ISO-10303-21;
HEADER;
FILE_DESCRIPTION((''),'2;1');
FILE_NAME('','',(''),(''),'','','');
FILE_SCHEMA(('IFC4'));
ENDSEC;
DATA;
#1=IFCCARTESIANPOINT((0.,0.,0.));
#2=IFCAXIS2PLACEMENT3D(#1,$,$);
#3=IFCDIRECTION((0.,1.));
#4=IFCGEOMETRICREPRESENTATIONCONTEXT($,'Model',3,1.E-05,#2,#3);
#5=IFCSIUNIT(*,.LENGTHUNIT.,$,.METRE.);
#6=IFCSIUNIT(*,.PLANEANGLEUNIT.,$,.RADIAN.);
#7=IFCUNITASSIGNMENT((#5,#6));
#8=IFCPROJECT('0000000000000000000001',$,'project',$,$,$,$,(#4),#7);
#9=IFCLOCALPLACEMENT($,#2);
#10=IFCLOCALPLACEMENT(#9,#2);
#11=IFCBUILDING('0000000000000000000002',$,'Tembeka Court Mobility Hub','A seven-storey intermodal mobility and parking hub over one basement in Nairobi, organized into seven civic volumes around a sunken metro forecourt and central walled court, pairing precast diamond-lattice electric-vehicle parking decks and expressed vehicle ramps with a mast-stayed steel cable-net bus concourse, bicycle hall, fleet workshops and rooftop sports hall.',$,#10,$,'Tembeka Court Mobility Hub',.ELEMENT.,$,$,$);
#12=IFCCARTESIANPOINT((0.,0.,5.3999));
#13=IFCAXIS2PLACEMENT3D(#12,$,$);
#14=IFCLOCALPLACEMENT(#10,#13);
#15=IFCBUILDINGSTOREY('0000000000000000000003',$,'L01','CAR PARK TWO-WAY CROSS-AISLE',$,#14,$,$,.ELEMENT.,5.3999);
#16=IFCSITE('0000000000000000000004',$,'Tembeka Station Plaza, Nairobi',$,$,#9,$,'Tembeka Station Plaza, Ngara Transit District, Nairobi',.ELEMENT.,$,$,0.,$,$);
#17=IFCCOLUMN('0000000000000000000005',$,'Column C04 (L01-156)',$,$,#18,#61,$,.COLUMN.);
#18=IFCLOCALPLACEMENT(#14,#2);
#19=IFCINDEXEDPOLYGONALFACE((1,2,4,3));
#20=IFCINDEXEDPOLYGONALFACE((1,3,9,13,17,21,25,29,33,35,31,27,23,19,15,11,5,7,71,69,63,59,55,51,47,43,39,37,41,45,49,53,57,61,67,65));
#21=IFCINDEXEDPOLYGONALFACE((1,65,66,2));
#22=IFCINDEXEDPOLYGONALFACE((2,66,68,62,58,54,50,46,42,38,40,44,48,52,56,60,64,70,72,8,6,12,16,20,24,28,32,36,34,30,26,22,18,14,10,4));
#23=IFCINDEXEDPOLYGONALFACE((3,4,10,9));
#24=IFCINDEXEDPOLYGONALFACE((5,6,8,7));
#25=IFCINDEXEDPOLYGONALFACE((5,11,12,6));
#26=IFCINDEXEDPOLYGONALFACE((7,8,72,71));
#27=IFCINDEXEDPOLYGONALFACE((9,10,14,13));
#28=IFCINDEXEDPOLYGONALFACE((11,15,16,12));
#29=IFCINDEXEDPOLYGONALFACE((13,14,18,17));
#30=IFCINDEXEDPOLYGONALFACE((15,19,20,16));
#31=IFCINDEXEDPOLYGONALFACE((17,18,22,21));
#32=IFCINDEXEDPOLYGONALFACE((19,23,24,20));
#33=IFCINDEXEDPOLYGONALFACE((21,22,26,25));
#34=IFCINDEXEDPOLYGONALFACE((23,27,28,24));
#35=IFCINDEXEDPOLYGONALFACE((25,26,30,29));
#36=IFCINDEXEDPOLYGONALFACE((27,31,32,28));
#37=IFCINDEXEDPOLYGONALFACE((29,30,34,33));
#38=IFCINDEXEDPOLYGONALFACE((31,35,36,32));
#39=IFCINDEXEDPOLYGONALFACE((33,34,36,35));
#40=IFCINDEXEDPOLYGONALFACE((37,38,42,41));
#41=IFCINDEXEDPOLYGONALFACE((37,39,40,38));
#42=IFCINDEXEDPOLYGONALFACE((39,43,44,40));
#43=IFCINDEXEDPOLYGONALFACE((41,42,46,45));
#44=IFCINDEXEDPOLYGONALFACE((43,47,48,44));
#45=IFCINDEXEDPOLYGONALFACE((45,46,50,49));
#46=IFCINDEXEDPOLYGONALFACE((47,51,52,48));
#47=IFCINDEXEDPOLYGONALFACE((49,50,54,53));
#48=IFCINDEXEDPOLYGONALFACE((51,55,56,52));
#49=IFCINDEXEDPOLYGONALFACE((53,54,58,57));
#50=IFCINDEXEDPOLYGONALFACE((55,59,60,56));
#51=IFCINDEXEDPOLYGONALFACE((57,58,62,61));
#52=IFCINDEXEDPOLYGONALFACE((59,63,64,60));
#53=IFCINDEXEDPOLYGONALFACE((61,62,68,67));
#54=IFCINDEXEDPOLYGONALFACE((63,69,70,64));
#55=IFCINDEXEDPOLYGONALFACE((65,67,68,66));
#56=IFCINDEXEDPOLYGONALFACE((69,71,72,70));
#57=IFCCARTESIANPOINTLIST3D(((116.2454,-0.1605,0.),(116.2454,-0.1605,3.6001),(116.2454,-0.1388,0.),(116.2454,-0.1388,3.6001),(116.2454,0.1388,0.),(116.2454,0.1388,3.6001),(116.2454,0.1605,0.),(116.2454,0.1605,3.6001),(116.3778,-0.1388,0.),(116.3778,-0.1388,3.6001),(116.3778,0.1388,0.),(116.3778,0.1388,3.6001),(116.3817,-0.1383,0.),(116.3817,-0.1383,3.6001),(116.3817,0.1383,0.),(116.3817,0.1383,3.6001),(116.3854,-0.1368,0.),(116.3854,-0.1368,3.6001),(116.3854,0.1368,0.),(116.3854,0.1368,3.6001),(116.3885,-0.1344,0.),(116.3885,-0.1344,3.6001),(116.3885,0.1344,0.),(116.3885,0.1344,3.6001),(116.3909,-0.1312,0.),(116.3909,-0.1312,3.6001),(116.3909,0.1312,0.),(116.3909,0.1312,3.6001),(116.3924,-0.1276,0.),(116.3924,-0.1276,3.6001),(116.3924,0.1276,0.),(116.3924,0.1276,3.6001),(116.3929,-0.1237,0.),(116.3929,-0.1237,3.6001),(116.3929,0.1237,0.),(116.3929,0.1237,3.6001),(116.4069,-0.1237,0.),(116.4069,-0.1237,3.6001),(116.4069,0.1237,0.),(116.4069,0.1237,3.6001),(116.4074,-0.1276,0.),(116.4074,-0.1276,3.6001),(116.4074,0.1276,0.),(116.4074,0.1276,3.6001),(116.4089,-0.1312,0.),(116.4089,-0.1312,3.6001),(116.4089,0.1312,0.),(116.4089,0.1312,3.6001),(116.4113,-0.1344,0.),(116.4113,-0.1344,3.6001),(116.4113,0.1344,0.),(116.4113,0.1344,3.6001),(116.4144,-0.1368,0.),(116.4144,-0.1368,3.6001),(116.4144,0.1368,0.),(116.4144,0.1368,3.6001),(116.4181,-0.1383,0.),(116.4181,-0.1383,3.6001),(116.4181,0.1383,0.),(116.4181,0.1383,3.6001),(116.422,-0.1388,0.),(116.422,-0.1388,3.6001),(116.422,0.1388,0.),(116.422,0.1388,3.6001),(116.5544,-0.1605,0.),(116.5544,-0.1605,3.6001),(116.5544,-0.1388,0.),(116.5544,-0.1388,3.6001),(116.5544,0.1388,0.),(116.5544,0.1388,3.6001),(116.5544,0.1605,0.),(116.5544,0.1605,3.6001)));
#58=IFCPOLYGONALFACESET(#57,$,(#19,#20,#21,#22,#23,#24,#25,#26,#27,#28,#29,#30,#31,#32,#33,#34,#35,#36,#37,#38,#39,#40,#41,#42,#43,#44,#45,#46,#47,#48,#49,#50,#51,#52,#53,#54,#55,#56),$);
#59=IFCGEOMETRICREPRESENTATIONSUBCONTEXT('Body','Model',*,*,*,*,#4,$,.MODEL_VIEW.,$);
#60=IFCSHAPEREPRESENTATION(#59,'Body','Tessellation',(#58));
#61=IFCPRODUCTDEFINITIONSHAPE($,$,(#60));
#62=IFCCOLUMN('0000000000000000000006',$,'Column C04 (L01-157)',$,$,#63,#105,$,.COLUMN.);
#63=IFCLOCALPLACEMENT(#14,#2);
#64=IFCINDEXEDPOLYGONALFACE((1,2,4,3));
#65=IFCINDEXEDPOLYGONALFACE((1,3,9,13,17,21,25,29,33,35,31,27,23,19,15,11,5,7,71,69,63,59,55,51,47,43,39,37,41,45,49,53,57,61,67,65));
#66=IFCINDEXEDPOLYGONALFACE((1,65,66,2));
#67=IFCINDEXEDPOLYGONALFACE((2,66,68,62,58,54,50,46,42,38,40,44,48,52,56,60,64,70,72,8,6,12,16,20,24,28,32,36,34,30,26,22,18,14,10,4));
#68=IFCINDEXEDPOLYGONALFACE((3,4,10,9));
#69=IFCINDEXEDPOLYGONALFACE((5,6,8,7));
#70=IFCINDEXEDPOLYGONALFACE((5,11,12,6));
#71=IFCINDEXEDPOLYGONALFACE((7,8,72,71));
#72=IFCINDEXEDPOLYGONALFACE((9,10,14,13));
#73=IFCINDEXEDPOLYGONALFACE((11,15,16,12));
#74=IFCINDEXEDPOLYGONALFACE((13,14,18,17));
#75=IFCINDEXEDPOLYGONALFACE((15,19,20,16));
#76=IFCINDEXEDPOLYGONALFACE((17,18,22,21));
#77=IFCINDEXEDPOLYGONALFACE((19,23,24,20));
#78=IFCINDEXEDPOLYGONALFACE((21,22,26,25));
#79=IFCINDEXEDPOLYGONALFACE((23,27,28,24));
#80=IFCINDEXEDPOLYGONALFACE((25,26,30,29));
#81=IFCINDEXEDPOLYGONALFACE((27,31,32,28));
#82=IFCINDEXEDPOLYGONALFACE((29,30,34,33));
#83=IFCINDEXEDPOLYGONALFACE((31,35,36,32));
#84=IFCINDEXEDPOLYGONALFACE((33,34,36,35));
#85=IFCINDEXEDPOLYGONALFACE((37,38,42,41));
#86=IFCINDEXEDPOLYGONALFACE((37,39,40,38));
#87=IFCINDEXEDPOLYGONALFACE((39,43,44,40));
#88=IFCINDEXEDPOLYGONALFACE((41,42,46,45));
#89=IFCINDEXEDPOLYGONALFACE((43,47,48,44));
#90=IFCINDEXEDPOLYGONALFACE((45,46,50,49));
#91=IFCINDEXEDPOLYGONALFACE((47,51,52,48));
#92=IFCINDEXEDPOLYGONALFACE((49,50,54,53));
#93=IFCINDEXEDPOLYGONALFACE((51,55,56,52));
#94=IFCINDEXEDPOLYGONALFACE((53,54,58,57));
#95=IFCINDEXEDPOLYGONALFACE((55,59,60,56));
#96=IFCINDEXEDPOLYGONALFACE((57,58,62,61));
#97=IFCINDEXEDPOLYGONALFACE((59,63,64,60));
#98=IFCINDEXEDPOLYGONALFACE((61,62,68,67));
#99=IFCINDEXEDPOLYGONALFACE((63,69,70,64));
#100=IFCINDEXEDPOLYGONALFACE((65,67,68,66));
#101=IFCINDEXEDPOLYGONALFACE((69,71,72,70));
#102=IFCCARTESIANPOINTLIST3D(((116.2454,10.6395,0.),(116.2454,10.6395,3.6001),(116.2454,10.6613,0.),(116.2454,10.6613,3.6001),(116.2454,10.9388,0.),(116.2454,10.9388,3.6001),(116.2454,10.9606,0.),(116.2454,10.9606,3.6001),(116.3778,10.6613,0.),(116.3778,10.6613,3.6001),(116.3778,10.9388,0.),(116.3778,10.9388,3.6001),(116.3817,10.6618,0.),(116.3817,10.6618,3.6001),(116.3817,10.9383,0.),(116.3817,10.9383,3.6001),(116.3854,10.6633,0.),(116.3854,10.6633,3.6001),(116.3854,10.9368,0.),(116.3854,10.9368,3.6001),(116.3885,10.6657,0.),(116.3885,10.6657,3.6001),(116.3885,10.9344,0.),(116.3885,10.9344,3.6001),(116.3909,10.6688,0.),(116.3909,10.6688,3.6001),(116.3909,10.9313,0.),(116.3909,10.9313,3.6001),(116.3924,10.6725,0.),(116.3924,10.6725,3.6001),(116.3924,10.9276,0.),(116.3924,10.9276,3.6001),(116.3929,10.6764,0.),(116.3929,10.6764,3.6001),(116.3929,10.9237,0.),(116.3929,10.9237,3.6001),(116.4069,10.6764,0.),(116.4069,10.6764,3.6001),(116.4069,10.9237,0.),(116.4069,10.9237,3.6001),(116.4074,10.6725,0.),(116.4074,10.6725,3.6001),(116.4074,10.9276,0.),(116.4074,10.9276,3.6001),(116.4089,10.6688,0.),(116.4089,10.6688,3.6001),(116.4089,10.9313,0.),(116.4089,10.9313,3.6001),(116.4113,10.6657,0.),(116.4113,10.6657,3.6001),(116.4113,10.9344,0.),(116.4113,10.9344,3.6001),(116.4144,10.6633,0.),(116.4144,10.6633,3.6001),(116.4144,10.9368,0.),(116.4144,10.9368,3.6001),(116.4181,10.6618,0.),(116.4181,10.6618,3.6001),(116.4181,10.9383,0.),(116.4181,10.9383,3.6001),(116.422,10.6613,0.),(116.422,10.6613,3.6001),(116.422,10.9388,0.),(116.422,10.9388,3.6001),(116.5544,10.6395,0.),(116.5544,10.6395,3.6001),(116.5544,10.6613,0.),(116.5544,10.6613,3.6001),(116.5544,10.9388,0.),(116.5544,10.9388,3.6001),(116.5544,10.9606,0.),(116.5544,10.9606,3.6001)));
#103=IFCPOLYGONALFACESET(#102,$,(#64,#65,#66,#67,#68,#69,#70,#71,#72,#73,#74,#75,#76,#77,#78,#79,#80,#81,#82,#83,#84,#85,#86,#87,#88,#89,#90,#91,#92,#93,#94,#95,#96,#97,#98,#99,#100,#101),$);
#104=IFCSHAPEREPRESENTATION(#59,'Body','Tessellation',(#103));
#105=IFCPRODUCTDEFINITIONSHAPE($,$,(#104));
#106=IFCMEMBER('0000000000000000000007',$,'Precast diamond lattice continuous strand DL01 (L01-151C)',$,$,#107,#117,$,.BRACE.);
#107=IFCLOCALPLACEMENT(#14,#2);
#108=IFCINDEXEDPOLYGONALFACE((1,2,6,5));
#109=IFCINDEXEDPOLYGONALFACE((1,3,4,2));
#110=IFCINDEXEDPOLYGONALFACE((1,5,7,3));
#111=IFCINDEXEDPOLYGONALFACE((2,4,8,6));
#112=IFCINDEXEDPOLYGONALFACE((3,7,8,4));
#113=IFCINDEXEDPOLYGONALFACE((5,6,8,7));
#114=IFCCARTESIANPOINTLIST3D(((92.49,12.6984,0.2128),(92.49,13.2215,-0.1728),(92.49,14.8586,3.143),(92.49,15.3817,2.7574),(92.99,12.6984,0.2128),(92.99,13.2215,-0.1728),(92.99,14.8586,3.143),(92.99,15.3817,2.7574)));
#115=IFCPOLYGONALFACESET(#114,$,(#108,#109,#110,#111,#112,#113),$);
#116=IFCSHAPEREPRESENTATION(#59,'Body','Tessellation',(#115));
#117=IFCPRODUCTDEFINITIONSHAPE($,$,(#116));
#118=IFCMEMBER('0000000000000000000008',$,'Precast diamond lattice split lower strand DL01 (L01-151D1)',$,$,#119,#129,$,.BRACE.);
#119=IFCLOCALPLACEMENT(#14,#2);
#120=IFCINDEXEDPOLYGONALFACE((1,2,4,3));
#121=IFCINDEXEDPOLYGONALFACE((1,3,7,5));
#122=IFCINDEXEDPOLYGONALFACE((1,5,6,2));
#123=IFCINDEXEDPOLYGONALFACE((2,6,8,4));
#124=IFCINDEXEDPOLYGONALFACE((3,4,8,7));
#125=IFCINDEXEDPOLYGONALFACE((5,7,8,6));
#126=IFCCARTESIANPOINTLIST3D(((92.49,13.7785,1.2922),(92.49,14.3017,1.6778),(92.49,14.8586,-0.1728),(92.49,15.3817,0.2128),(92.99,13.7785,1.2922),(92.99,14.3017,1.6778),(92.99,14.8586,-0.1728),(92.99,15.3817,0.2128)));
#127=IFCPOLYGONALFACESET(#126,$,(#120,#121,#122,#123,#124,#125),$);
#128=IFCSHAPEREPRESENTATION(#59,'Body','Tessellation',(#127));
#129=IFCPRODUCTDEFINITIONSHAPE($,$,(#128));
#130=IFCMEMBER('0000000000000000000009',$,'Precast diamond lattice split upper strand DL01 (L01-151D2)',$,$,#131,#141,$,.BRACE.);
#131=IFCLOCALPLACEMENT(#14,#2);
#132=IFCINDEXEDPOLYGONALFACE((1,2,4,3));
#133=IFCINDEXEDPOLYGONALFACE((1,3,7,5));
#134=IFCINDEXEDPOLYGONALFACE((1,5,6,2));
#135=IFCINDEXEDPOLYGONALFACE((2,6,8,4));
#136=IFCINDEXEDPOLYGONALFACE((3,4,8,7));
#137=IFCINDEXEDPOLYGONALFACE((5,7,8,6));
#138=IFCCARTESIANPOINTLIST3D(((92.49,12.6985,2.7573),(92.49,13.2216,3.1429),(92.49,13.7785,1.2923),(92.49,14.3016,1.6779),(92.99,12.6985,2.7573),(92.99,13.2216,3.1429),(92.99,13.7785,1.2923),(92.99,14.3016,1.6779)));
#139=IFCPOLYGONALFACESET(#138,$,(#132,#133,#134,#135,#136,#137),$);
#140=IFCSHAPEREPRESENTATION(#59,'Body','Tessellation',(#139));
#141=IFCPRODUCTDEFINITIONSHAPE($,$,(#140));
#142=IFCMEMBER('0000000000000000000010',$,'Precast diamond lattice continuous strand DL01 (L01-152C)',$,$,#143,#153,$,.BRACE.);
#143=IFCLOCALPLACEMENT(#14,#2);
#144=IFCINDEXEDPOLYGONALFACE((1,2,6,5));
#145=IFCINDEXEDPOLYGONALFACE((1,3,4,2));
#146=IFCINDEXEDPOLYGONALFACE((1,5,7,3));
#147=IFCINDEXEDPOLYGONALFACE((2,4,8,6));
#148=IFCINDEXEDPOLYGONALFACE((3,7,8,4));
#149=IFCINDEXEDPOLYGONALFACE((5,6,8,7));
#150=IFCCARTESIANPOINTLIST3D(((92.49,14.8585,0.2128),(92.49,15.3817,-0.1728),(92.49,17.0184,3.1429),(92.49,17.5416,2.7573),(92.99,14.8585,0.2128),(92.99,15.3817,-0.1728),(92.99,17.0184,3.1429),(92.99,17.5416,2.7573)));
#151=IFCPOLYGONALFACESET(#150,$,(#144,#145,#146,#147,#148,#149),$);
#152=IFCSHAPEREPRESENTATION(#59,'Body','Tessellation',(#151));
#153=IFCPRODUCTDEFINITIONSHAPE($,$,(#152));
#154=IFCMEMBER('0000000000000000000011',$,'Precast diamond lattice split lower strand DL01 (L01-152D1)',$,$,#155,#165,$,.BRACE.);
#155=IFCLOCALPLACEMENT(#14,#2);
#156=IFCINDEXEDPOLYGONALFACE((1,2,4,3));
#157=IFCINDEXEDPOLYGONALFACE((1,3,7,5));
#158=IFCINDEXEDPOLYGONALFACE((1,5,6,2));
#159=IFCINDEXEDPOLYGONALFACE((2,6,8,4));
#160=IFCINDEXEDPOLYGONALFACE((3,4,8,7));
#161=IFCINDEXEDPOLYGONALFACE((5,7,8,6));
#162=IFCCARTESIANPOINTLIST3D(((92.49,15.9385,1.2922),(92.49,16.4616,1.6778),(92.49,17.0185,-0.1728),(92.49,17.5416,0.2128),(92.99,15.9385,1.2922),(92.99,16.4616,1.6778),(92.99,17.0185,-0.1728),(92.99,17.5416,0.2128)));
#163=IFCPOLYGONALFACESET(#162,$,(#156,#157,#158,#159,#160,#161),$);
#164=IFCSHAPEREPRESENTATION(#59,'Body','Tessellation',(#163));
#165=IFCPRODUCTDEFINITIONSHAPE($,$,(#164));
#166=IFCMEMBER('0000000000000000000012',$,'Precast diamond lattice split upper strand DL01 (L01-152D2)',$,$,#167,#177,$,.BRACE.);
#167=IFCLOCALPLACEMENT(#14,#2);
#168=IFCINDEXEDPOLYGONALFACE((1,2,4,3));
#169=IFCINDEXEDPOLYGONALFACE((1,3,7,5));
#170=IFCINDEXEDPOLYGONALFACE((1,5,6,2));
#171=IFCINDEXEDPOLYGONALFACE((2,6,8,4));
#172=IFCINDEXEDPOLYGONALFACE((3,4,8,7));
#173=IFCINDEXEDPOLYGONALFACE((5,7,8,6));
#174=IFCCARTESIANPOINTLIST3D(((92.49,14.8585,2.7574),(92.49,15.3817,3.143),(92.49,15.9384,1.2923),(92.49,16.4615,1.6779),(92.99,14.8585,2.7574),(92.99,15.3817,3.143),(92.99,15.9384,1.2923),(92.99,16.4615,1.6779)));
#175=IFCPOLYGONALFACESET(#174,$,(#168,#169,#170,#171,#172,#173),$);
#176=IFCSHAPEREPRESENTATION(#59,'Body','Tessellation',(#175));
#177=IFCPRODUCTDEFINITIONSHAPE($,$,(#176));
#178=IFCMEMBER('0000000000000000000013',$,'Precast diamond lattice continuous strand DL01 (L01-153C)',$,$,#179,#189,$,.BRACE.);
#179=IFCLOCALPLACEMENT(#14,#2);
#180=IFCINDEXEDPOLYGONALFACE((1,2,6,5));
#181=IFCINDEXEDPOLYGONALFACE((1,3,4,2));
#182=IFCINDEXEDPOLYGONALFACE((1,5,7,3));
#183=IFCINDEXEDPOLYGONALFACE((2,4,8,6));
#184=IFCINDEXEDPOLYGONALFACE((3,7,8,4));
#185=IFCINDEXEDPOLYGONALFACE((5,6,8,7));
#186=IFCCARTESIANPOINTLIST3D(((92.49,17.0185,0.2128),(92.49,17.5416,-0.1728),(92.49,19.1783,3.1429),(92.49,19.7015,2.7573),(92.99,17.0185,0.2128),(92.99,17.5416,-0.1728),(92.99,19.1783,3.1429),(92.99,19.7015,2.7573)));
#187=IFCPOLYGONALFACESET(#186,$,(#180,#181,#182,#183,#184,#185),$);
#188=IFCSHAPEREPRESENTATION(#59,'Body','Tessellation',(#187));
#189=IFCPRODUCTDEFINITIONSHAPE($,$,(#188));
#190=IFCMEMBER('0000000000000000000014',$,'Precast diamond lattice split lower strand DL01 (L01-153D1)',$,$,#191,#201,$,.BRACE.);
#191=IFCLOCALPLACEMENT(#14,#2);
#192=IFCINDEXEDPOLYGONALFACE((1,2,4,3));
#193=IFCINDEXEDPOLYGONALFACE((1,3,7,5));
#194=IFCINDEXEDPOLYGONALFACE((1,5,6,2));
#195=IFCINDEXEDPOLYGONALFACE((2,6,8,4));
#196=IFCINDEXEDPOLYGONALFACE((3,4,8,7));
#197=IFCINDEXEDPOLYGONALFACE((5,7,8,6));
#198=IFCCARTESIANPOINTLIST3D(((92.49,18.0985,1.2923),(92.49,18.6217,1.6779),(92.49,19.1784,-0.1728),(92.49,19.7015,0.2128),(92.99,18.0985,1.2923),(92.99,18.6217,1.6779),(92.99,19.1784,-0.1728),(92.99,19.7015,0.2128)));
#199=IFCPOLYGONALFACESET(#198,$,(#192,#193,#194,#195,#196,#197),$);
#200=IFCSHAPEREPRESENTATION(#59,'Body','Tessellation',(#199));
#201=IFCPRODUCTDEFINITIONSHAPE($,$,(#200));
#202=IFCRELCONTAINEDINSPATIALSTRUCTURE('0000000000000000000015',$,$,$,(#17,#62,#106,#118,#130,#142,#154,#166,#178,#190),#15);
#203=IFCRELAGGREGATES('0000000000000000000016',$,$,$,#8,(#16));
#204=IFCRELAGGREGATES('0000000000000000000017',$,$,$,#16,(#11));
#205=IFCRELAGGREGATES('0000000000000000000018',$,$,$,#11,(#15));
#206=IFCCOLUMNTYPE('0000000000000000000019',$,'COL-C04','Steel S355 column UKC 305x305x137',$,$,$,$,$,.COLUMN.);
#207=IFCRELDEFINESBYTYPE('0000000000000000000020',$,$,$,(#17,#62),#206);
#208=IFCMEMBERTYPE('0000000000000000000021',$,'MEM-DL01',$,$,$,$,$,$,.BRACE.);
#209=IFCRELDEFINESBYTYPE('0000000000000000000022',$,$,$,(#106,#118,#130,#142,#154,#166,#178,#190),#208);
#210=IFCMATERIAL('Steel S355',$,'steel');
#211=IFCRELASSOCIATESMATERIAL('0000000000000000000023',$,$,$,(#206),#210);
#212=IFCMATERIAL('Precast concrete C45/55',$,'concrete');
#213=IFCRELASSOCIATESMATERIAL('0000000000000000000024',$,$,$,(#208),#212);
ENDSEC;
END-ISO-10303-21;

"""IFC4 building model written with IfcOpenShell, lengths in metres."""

from ifc_helpers import new_model, si_unit, direction, frame, origin, origin_2d, place, context, subcontext, project, spatial, rectangle, i_section, extrude, material, material_profile, profile_set, type_object, element, save


model = new_model("IFC4")

# Units and contexts
model_context = context("Model", 3, precision=1e-05, world=origin(), true_north=direction((0.0, 1.0)))
body_context = subcontext(model_context, "Body", "Model", "MODEL_VIEW")
ifc_project = project(units=[si_unit("LENGTHUNIT", "METRE"), si_unit("PLANEANGLEUNIT", "RADIAN")], contexts=[model_context])

# Site, building, storey
site_placement = place(None, origin())
site = spatial("IfcSite", under=ifc_project, at=site_placement, Name="Tembeka Station Plaza, Nairobi", LongName="Tembeka Station Plaza, Ngara Transit District, Nairobi", CompositionType="ELEMENT", RefElevation=0.0)
building_placement = place(site_placement, origin())
building = spatial("IfcBuilding", under=site, at=building_placement, Name="Tembeka Court Mobility Hub", Description="A seven-storey intermodal mobility and parking hub over one basement in Nairobi, organized into seven civic volumes around a sunken metro forecourt and central walled court, pairing precast diamond-lattice electric-vehicle parking decks and expressed vehicle ramps with a mast-stayed steel cable-net bus concourse, bicycle hall, fleet workshops and rooftop sports hall.", LongName="Tembeka Court Mobility Hub", CompositionType="ELEMENT")
storey_placement = place(building_placement, frame((0.0, 0.0, 5.3999)))
storey = spatial("IfcBuildingStorey", under=building, at=storey_placement, Name="L01", Description="CAR PARK TWO-WAY CROSS-AISLE", CompositionType="ELEMENT", Elevation=5.3999)

# Columns
ifc_material_1 = material(Name="Steel S355", Category="steel")
ifc_material_profile_1 = material_profile(ifc_material_1, i_section(OverallWidth=0.3091, OverallDepth=0.321, WebThickness=0.0139, FlangeThickness=0.0217, FilletRadius=0.0151, at=origin_2d()), Name="UKC 305x305x137")
ifc_profile_set_1 = profile_set([ifc_material_profile_1], Name="Steel S355")
column_type = type_object("IfcColumnType", Name="COL-C04", Description="Steel S355 column UKC 305x305x137", PredefinedType="COLUMN", material=ifc_profile_set_1)
for number, where, z_axis, x_axis, name in (
    (1, (116.3999, 0.0, 0.0), (0.0, 0.0, 1.0), (1.0, 0.0, 0.0), "Column C04 (L01-156)"),
    (2, (116.3999, 10.8, 0.0), (0.0, 0.0, 1.0), (1.0, 0.0, 0.0), "Column C04 (L01-157)"),
):
    element("IfcColumn", number, at=place(storey_placement, frame(where, z_axis=z_axis, x_axis=x_axis)), inside=storey, type_object=column_type, Name=name, PredefinedType="COLUMN", context=body_context, shape_type="SweptSolid", body=[
        extrude(i_section(OverallWidth=0.3091, OverallDepth=0.321, WebThickness=0.0139, FlangeThickness=0.0217, FilletRadius=0.0151, at=origin_2d()), origin(), (0.0, 0.0, 1.0), 3.6001),
    ])

# Members
ifc_material_2 = material(Name="Precast concrete C45/55", Category="concrete")
ifc_material_profile_2 = material_profile(ifc_material_2, rectangle(XDim=0.5, YDim=0.6499, at=origin_2d()), Name="PC-DIAG 500x650")
ifc_profile_set_2 = profile_set([ifc_material_profile_2], Name="Precast concrete C45/55")
member_type_1 = type_object("IfcMemberType", Name="MEM-DL01", PredefinedType="BRACE", material=ifc_profile_set_2)
member_1_placement = place(storey_placement, frame((92.74, 12.96, 0.02), z_axis=(0.0, 0.593391, 0.804914), x_axis=(-1.0, 0.0, 0.0)))
element("IfcMember", 3, at=member_1_placement, inside=storey, type_object=member_type_1, Name="Precast diamond lattice continuous strand DL01 (L01-151C)", PredefinedType="BRACE", context=body_context, shape_type="SweptSolid", body=[
    extrude(rectangle(XDim=0.5, YDim=0.6499, at=origin_2d()), origin(), (0.0, 0.0, 1.0), 3.6404),
])
for number, where, z_axis, x_axis, name in (
    (4, (92.74, 15.1201, 0.02), (0.0, -0.593391, 0.804914), (1.0, 0.0, 0.0), "Precast diamond lattice split lower strand DL01 (L01-151D1)"),
    (5, (92.74, 14.04, 1.4851), (0.0, -0.593391, 0.804914), (1.0, 0.0, 0.0), "Precast diamond lattice split upper strand DL01 (L01-151D2)"),
):
    element("IfcMember", number, at=place(storey_placement, frame(where, z_axis=z_axis, x_axis=x_axis)), inside=storey, type_object=member_type_1, Name=name, PredefinedType="BRACE", context=body_context, shape_type="SweptSolid", body=[
        extrude(rectangle(XDim=0.5, YDim=0.6499, at=origin_2d()), origin(), (0.0, 0.0, 1.0), 1.8201),
    ])
member_2_placement = place(storey_placement, frame((92.74, 15.1201, 0.02), z_axis=(0.0, 0.593348, 0.804946), x_axis=(-1.0, 0.0, 0.0)))
element("IfcMember", 6, at=member_2_placement, inside=storey, type_object=member_type_1, Name="Precast diamond lattice continuous strand DL01 (L01-152C)", PredefinedType="BRACE", context=body_context, shape_type="SweptSolid", body=[
    extrude(rectangle(XDim=0.5, YDim=0.6499, at=origin_2d()), origin(), (0.0, 0.0, 1.0), 3.6401),
])
for number, where, z_axis, x_axis, name in (
    (7, (92.74, 17.28, 0.02), (0.0, -0.593391, 0.804914), (1.0, 0.0, 0.0), "Precast diamond lattice split lower strand DL01 (L01-152D1)"),
    (8, (92.74, 16.2, 1.4851), (0.0, -0.593304, 0.804978), (1.0, 0.0, 0.0), "Precast diamond lattice split upper strand DL01 (L01-152D2)"),
):
    element("IfcMember", number, at=place(storey_placement, frame(where, z_axis=z_axis, x_axis=x_axis)), inside=storey, type_object=member_type_1, Name=name, PredefinedType="BRACE", context=body_context, shape_type="SweptSolid", body=[
        extrude(rectangle(XDim=0.5, YDim=0.6499, at=origin_2d()), origin(), (0.0, 0.0, 1.0), 1.8201),
    ])
member_3_placement = place(storey_placement, frame((92.74, 17.28, 0.02), z_axis=(0.0, 0.593348, 0.804946), x_axis=(-1.0, 0.0, 0.0)))
element("IfcMember", 9, at=member_3_placement, inside=storey, type_object=member_type_1, Name="Precast diamond lattice continuous strand DL01 (L01-153C)", PredefinedType="BRACE", context=body_context, shape_type="SweptSolid", body=[
    extrude(rectangle(XDim=0.5, YDim=0.6499, at=origin_2d()), origin(), (0.0, 0.0, 1.0), 3.6401),
])
for number, where, z_axis, x_axis, name in (
    (10, (92.74, 19.4399, 0.02), (0.0, -0.593304, 0.804978), (1.0, 0.0, 0.0), "Precast diamond lattice split lower strand DL01 (L01-153D1)"),
):
    element("IfcMember", number, at=place(storey_placement, frame(where, z_axis=z_axis, x_axis=x_axis)), inside=storey, type_object=member_type_1, Name=name, PredefinedType="BRACE", context=body_context, shape_type="SweptSolid", body=[
        extrude(rectangle(XDim=0.5, YDim=0.6499, at=origin_2d()), origin(), (0.0, 0.0, 1.0), 1.8201),
    ])

save(model, "model.ifc")
